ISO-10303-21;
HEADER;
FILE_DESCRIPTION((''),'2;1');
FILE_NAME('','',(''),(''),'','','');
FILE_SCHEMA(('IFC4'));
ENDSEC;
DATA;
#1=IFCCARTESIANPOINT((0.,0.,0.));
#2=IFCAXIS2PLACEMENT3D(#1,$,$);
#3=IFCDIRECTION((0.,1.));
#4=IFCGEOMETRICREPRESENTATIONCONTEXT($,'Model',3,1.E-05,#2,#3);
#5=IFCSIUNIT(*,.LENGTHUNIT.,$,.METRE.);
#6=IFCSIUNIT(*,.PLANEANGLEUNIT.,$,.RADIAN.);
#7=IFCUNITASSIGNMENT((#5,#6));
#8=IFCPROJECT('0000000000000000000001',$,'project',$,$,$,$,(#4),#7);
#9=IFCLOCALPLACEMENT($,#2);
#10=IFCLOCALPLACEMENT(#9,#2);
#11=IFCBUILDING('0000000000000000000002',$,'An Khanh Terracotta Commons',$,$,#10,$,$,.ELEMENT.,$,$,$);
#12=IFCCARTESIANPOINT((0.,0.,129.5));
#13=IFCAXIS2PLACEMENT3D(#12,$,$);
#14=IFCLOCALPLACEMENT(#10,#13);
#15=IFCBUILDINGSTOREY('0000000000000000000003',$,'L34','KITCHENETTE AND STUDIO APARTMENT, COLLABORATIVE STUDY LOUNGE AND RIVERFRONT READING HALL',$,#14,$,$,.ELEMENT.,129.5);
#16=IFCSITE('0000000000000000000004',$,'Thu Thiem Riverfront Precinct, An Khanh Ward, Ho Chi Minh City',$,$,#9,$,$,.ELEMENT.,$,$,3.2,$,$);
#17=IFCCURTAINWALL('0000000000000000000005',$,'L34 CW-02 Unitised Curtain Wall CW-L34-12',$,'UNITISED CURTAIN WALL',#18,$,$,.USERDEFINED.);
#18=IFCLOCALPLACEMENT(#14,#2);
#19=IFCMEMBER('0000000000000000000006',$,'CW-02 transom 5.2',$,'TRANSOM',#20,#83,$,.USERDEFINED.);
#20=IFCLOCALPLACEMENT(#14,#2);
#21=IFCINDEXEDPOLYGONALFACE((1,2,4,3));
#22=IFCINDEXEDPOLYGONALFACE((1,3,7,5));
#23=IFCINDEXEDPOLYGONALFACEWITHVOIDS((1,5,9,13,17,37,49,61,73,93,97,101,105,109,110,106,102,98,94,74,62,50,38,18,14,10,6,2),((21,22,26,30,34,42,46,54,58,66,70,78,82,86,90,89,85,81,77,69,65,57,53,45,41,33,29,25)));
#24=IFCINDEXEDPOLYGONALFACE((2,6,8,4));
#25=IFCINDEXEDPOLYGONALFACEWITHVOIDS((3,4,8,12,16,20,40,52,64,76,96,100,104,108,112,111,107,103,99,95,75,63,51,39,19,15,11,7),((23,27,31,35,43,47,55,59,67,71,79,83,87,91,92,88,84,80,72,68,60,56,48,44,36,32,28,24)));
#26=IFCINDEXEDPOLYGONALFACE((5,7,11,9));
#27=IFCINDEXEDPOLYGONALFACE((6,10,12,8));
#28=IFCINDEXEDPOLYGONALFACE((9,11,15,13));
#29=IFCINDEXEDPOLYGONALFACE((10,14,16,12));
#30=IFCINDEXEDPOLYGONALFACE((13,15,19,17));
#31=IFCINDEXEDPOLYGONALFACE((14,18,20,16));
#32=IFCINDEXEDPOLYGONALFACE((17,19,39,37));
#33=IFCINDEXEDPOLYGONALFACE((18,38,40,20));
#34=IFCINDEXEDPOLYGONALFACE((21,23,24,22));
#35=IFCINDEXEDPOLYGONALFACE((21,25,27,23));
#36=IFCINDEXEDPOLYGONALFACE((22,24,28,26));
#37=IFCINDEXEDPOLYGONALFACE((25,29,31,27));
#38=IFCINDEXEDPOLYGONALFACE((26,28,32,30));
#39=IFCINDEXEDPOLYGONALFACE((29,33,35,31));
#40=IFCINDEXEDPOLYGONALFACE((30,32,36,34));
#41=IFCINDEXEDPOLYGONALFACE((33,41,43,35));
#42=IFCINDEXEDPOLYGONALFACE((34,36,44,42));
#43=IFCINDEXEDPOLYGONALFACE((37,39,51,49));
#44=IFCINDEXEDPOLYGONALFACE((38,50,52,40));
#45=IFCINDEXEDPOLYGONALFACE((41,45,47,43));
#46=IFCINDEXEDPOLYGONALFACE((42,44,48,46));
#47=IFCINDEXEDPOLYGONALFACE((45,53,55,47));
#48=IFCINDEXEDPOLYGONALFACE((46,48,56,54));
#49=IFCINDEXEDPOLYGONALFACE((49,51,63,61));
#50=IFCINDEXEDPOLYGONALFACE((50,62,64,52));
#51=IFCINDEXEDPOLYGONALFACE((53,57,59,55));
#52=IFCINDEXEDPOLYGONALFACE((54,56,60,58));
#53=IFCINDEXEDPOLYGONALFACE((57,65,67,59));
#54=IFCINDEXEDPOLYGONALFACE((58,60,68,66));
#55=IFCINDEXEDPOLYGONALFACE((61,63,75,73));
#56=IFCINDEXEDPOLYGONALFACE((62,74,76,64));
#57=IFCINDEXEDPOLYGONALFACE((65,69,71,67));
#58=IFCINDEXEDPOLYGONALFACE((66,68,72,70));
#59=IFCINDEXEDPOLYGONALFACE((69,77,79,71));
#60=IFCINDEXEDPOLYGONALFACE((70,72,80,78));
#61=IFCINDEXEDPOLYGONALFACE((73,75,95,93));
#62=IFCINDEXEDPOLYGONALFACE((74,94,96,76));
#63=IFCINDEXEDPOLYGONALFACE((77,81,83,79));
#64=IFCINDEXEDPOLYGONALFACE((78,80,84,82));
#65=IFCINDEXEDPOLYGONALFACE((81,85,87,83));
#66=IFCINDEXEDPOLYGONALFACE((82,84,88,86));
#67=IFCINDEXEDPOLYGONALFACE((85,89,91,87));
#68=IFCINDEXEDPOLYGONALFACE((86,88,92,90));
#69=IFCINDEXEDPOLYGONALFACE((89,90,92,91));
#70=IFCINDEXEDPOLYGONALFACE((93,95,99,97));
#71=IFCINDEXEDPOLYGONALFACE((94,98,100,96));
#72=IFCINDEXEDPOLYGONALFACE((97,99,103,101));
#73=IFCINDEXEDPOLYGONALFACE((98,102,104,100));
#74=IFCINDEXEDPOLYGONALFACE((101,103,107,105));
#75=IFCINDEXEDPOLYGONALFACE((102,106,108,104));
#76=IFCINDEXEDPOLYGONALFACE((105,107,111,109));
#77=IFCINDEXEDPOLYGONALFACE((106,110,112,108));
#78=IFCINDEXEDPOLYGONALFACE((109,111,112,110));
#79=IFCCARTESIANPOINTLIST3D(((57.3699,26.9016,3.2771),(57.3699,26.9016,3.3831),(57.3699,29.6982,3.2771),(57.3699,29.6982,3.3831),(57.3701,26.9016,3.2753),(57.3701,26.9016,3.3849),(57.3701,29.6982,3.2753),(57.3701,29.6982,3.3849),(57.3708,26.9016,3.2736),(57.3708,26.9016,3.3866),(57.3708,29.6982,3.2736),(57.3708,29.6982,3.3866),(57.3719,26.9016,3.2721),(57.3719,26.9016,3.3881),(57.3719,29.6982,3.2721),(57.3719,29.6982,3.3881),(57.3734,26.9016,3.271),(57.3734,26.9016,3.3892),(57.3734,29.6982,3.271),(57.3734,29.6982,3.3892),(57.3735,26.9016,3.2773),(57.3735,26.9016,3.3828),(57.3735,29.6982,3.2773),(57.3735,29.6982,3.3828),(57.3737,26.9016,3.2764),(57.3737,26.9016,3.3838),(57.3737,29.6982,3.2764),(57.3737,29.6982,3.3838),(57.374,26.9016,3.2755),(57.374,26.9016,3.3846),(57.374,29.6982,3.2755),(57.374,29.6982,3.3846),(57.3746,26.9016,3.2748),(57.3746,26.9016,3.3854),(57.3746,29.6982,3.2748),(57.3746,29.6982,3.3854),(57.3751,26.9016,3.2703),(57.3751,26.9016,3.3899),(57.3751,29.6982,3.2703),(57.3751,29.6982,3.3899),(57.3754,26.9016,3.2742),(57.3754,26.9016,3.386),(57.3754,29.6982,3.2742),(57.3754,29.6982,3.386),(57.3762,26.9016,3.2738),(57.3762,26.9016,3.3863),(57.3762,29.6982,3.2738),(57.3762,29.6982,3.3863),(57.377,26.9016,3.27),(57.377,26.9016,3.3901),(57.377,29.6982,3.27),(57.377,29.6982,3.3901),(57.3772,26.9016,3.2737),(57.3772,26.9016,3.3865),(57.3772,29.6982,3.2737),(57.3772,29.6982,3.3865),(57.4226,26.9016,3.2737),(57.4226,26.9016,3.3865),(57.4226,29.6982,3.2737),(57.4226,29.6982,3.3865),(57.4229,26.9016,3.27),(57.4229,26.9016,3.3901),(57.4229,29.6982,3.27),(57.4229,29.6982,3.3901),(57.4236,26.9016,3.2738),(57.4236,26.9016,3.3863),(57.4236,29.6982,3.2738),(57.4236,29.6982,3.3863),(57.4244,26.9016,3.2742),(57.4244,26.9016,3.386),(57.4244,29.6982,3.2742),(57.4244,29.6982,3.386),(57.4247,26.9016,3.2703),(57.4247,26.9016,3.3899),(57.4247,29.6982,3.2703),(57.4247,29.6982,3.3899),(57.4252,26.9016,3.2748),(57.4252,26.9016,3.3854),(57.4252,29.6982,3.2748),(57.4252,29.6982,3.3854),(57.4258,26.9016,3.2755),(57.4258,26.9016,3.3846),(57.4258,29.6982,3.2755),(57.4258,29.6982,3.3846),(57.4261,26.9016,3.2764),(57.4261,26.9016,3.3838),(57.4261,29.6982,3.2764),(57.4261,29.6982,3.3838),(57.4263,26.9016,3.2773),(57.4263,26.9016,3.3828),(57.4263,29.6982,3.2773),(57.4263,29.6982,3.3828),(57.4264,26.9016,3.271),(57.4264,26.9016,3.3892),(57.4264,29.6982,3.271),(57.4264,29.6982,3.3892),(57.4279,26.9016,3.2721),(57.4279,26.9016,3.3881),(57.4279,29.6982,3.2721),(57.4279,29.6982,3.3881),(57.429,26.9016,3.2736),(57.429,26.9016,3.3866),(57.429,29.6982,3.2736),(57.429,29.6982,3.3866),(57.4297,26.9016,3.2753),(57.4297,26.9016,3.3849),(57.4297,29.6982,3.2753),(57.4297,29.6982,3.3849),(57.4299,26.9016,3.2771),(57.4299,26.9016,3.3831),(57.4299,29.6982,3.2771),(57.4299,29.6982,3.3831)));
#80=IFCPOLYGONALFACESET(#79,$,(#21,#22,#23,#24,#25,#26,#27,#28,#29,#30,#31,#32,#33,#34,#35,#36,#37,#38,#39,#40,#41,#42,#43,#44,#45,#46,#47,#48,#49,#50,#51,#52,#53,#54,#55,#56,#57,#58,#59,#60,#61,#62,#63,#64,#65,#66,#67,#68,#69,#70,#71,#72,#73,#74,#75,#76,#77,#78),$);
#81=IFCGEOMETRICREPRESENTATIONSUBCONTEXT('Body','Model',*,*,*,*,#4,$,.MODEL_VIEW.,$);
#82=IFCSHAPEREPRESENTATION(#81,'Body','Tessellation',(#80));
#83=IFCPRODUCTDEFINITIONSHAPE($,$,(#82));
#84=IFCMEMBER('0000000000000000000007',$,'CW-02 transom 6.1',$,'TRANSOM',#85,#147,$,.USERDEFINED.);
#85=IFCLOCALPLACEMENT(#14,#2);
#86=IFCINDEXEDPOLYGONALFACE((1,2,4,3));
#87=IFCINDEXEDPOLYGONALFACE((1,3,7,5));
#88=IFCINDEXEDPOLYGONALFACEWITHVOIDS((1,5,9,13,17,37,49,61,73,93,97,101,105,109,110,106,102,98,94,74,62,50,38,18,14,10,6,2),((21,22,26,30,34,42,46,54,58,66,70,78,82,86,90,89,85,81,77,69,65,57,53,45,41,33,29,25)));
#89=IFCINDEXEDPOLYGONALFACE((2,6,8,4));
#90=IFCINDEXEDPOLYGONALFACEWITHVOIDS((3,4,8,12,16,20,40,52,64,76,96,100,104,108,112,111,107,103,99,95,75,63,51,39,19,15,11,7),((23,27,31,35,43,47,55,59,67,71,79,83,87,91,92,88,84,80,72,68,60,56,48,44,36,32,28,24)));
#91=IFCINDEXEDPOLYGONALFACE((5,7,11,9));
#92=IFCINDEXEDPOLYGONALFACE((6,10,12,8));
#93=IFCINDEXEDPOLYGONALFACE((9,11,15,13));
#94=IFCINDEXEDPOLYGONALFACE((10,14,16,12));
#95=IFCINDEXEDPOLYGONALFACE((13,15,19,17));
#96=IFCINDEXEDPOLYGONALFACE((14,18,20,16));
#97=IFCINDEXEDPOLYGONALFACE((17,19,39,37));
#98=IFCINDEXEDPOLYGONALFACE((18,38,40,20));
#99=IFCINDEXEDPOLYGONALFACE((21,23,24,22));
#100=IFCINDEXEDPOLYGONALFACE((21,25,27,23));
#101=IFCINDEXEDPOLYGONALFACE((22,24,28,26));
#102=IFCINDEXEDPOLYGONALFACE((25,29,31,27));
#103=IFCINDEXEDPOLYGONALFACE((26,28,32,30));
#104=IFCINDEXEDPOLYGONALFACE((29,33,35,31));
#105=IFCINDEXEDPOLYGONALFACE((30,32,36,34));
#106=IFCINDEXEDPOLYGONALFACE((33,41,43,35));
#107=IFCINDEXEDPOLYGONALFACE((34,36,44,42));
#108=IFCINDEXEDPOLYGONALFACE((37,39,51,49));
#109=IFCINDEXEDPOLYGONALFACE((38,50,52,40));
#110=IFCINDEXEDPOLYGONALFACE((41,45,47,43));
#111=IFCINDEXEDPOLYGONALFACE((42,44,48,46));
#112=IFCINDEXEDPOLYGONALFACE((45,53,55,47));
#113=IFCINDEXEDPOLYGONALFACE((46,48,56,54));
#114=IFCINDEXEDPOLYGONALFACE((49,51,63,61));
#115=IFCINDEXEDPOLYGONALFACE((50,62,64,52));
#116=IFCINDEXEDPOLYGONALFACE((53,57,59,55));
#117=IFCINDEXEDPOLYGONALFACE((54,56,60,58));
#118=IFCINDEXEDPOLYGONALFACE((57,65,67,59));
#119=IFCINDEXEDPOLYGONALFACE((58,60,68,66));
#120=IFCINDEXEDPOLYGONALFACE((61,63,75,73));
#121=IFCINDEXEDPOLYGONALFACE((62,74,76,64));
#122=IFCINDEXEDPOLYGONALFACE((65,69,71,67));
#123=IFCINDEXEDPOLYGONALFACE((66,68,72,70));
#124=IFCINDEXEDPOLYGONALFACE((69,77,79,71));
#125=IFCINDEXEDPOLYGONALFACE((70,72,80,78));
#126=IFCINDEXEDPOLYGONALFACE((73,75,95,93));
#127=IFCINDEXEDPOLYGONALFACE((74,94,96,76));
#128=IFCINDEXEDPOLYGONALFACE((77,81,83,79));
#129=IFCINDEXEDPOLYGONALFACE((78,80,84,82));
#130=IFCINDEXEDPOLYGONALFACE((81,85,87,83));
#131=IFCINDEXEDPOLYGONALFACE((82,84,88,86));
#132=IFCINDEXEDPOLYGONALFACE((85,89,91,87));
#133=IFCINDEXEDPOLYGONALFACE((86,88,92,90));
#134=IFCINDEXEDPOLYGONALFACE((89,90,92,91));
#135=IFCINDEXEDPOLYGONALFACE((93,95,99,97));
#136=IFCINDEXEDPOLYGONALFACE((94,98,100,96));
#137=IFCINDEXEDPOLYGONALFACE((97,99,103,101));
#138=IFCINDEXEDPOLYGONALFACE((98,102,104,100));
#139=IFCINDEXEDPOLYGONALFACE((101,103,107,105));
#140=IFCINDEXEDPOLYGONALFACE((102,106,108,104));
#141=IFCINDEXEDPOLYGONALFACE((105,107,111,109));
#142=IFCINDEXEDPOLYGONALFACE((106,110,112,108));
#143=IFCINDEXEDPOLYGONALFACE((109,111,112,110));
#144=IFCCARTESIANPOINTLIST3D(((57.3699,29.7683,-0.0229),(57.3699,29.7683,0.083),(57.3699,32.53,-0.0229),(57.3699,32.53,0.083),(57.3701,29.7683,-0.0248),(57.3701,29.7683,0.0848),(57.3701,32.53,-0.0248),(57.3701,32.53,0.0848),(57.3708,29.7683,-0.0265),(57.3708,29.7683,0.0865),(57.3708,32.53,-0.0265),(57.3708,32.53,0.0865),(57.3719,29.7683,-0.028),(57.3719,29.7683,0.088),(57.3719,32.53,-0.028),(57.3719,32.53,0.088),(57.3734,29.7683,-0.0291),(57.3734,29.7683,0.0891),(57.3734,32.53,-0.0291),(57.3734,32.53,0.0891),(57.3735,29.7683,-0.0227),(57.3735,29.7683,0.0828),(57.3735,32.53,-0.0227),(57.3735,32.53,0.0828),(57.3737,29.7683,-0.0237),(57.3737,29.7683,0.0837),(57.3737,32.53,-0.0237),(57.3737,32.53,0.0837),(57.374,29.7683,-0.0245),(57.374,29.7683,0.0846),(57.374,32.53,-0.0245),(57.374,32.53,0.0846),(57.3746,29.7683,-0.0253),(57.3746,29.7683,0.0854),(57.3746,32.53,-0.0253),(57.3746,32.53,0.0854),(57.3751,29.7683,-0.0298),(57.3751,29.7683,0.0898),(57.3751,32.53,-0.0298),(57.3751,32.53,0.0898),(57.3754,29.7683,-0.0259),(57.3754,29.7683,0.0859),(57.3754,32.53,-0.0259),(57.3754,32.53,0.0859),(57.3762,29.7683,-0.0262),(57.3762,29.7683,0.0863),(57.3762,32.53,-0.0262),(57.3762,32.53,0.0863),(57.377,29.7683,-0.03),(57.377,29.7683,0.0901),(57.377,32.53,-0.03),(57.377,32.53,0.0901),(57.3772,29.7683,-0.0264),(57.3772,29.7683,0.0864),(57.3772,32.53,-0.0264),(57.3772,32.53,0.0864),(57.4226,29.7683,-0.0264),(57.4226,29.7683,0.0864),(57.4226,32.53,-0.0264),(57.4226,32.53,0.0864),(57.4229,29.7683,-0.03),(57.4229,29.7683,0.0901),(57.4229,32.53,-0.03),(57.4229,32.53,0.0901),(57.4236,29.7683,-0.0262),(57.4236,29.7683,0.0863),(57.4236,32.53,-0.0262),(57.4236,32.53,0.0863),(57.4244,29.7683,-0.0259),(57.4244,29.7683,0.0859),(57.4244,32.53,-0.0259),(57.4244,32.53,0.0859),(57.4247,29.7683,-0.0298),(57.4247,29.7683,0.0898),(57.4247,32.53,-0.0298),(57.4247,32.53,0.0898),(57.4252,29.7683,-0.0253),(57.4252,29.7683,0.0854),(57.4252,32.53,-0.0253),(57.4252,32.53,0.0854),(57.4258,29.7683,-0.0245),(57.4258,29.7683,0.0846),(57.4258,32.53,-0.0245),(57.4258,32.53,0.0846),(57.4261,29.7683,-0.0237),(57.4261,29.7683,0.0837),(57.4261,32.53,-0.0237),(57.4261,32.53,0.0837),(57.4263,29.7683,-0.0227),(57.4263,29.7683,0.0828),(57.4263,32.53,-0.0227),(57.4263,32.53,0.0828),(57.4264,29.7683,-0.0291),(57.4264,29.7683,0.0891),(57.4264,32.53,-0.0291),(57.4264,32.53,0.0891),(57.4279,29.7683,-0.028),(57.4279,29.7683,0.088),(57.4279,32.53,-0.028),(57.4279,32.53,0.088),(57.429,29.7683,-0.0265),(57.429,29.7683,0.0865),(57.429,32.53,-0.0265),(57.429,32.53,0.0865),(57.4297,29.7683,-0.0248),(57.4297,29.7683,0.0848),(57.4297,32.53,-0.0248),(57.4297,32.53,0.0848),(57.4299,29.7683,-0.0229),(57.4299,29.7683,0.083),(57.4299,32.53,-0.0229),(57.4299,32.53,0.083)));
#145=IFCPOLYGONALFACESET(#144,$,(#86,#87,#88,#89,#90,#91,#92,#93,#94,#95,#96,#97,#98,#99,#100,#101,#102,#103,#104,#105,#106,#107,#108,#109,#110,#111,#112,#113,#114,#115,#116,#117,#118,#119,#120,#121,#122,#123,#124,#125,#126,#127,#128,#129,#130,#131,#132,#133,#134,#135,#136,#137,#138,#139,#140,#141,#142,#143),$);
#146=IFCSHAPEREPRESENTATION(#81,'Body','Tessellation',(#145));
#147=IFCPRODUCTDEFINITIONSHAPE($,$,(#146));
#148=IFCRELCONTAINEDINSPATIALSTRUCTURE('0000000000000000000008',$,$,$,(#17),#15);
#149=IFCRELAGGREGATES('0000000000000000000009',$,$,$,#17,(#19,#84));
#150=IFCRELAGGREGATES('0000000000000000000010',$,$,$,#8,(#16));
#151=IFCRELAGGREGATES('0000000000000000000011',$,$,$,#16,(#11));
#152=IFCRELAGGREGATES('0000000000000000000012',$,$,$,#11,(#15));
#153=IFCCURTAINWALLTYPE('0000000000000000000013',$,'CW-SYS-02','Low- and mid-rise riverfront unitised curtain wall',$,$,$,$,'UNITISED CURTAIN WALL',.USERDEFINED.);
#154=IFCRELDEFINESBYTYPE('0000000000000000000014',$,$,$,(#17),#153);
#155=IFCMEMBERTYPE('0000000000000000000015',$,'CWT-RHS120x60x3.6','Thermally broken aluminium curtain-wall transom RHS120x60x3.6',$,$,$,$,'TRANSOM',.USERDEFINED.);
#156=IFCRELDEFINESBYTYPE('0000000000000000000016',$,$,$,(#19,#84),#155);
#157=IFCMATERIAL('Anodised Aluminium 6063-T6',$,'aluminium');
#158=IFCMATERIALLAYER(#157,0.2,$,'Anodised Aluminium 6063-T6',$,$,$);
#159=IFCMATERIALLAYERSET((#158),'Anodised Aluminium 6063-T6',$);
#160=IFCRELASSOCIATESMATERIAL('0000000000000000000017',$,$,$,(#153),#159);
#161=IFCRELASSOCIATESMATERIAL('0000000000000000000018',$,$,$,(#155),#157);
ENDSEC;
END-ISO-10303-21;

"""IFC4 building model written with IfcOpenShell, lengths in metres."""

from ifc_helpers import new_model, si_unit, direction, frame, origin, origin_2d, place, context, subcontext, project, spatial, hollow_rectangle, extrude, material, layer, layer_set, material_profile, profile_set, type_object, element, aggregate, save


model = new_model("IFC4")

# Units and contexts
model_context = context("Model", 3, precision=1e-05, world=origin(), true_north=direction((0.0, 1.0)))
body_context = subcontext(model_context, "Body", "Model", "MODEL_VIEW")
ifc_project = project(units=[si_unit("LENGTHUNIT", "METRE"), si_unit("PLANEANGLEUNIT", "RADIAN")], contexts=[model_context])

# Site, building, storey
site_placement = place(None, origin())
site = spatial("IfcSite", under=ifc_project, at=site_placement, Name="Thu Thiem Riverfront Precinct, An Khanh Ward, Ho Chi Minh City", CompositionType="ELEMENT", RefElevation=3.2)
building_placement = place(site_placement, origin())
building = spatial("IfcBuilding", under=site, at=building_placement, Name="An Khanh Terracotta Commons", CompositionType="ELEMENT")
storey_placement = place(building_placement, frame((0.0, 0.0, 129.5)))
storey = spatial("IfcBuildingStorey", under=building, at=storey_placement, Name="L34", Description="KITCHENETTE AND STUDIO APARTMENT, COLLABORATIVE STUDY LOUNGE AND RIVERFRONT READING HALL", CompositionType="ELEMENT", Elevation=129.5)

# Curtain wall, members
ifc_material_1 = material(Name="Anodised Aluminium 6063-T6", Category="aluminium")
ifc_layer_1 = layer(ifc_material_1, 0.2, Name="Anodised Aluminium 6063-T6")
ifc_layer_set_1 = layer_set([ifc_layer_1], Name="Anodised Aluminium 6063-T6")
curtain_wall_type = type_object("IfcCurtainWallType", Name="CW-SYS-02", Description="Low- and mid-rise riverfront unitised curtain wall", ElementType="UNITISED CURTAIN WALL", PredefinedType="USERDEFINED", material=ifc_layer_set_1)
curtain_wall_placement = place(storey_placement, origin())
curtain_wall = element("IfcCurtainWall", 1, at=curtain_wall_placement, inside=storey, type_object=curtain_wall_type, Name="L34 CW-02 Unitised Curtain Wall CW-L34-12", ObjectType="UNITISED CURTAIN WALL", PredefinedType="USERDEFINED")
ifc_material_profile_1 = material_profile(ifc_material_1, hollow_rectangle(XDim=0.0601, YDim=0.1201, WallThickness=0.0037, InnerFilletRadius=0.0037, OuterFilletRadius=0.0071, at=origin_2d()), Name="RHS120x60x3.6")
ifc_profile_set_1 = profile_set([ifc_material_profile_1], Name="Anodised Aluminium 6063-T6")
member_type_1 = type_object("IfcMemberType", Name="CWT-RHS120x60x3.6", Description="Thermally broken aluminium curtain-wall transom RHS120x60x3.6", ElementType="TRANSOM", PredefinedType="USERDEFINED", material=ifc_profile_set_1)
member_1_placement = place(storey_placement, frame((57.3999, 26.9016, 3.3301), z_axis=(0.0, 1.0, 0.0), x_axis=(-1.0, 0.0, 0.0)))
member_1 = element("IfcMember", 2, at=member_1_placement, type_object=member_type_1, Name="CW-02 transom 5.2", ObjectType="TRANSOM", PredefinedType="USERDEFINED", context=body_context, shape_type="SweptSolid", body=[
    extrude(hollow_rectangle(XDim=0.0601, YDim=0.1201, WallThickness=0.0037, InnerFilletRadius=0.0037, OuterFilletRadius=0.0071, at=origin_2d()), origin(), (0.0, 0.0, 1.0), 2.7966),
])
member_2_placement = place(storey_placement, frame((57.3999, 29.7683, 0.03), z_axis=(0.0, 1.0, 0.0), x_axis=(-1.0, 0.0, 0.0)))
member_2 = element("IfcMember", 3, at=member_2_placement, type_object=member_type_1, Name="CW-02 transom 6.1", ObjectType="TRANSOM", PredefinedType="USERDEFINED", context=body_context, shape_type="SweptSolid", body=[
    extrude(hollow_rectangle(XDim=0.0601, YDim=0.1201, WallThickness=0.0037, InnerFilletRadius=0.0037, OuterFilletRadius=0.0071, at=origin_2d()), origin(), (0.0, 0.0, 1.0), 2.7617),
])
aggregate(curtain_wall, [member_1, member_2])

save(model, "model.ifc")
